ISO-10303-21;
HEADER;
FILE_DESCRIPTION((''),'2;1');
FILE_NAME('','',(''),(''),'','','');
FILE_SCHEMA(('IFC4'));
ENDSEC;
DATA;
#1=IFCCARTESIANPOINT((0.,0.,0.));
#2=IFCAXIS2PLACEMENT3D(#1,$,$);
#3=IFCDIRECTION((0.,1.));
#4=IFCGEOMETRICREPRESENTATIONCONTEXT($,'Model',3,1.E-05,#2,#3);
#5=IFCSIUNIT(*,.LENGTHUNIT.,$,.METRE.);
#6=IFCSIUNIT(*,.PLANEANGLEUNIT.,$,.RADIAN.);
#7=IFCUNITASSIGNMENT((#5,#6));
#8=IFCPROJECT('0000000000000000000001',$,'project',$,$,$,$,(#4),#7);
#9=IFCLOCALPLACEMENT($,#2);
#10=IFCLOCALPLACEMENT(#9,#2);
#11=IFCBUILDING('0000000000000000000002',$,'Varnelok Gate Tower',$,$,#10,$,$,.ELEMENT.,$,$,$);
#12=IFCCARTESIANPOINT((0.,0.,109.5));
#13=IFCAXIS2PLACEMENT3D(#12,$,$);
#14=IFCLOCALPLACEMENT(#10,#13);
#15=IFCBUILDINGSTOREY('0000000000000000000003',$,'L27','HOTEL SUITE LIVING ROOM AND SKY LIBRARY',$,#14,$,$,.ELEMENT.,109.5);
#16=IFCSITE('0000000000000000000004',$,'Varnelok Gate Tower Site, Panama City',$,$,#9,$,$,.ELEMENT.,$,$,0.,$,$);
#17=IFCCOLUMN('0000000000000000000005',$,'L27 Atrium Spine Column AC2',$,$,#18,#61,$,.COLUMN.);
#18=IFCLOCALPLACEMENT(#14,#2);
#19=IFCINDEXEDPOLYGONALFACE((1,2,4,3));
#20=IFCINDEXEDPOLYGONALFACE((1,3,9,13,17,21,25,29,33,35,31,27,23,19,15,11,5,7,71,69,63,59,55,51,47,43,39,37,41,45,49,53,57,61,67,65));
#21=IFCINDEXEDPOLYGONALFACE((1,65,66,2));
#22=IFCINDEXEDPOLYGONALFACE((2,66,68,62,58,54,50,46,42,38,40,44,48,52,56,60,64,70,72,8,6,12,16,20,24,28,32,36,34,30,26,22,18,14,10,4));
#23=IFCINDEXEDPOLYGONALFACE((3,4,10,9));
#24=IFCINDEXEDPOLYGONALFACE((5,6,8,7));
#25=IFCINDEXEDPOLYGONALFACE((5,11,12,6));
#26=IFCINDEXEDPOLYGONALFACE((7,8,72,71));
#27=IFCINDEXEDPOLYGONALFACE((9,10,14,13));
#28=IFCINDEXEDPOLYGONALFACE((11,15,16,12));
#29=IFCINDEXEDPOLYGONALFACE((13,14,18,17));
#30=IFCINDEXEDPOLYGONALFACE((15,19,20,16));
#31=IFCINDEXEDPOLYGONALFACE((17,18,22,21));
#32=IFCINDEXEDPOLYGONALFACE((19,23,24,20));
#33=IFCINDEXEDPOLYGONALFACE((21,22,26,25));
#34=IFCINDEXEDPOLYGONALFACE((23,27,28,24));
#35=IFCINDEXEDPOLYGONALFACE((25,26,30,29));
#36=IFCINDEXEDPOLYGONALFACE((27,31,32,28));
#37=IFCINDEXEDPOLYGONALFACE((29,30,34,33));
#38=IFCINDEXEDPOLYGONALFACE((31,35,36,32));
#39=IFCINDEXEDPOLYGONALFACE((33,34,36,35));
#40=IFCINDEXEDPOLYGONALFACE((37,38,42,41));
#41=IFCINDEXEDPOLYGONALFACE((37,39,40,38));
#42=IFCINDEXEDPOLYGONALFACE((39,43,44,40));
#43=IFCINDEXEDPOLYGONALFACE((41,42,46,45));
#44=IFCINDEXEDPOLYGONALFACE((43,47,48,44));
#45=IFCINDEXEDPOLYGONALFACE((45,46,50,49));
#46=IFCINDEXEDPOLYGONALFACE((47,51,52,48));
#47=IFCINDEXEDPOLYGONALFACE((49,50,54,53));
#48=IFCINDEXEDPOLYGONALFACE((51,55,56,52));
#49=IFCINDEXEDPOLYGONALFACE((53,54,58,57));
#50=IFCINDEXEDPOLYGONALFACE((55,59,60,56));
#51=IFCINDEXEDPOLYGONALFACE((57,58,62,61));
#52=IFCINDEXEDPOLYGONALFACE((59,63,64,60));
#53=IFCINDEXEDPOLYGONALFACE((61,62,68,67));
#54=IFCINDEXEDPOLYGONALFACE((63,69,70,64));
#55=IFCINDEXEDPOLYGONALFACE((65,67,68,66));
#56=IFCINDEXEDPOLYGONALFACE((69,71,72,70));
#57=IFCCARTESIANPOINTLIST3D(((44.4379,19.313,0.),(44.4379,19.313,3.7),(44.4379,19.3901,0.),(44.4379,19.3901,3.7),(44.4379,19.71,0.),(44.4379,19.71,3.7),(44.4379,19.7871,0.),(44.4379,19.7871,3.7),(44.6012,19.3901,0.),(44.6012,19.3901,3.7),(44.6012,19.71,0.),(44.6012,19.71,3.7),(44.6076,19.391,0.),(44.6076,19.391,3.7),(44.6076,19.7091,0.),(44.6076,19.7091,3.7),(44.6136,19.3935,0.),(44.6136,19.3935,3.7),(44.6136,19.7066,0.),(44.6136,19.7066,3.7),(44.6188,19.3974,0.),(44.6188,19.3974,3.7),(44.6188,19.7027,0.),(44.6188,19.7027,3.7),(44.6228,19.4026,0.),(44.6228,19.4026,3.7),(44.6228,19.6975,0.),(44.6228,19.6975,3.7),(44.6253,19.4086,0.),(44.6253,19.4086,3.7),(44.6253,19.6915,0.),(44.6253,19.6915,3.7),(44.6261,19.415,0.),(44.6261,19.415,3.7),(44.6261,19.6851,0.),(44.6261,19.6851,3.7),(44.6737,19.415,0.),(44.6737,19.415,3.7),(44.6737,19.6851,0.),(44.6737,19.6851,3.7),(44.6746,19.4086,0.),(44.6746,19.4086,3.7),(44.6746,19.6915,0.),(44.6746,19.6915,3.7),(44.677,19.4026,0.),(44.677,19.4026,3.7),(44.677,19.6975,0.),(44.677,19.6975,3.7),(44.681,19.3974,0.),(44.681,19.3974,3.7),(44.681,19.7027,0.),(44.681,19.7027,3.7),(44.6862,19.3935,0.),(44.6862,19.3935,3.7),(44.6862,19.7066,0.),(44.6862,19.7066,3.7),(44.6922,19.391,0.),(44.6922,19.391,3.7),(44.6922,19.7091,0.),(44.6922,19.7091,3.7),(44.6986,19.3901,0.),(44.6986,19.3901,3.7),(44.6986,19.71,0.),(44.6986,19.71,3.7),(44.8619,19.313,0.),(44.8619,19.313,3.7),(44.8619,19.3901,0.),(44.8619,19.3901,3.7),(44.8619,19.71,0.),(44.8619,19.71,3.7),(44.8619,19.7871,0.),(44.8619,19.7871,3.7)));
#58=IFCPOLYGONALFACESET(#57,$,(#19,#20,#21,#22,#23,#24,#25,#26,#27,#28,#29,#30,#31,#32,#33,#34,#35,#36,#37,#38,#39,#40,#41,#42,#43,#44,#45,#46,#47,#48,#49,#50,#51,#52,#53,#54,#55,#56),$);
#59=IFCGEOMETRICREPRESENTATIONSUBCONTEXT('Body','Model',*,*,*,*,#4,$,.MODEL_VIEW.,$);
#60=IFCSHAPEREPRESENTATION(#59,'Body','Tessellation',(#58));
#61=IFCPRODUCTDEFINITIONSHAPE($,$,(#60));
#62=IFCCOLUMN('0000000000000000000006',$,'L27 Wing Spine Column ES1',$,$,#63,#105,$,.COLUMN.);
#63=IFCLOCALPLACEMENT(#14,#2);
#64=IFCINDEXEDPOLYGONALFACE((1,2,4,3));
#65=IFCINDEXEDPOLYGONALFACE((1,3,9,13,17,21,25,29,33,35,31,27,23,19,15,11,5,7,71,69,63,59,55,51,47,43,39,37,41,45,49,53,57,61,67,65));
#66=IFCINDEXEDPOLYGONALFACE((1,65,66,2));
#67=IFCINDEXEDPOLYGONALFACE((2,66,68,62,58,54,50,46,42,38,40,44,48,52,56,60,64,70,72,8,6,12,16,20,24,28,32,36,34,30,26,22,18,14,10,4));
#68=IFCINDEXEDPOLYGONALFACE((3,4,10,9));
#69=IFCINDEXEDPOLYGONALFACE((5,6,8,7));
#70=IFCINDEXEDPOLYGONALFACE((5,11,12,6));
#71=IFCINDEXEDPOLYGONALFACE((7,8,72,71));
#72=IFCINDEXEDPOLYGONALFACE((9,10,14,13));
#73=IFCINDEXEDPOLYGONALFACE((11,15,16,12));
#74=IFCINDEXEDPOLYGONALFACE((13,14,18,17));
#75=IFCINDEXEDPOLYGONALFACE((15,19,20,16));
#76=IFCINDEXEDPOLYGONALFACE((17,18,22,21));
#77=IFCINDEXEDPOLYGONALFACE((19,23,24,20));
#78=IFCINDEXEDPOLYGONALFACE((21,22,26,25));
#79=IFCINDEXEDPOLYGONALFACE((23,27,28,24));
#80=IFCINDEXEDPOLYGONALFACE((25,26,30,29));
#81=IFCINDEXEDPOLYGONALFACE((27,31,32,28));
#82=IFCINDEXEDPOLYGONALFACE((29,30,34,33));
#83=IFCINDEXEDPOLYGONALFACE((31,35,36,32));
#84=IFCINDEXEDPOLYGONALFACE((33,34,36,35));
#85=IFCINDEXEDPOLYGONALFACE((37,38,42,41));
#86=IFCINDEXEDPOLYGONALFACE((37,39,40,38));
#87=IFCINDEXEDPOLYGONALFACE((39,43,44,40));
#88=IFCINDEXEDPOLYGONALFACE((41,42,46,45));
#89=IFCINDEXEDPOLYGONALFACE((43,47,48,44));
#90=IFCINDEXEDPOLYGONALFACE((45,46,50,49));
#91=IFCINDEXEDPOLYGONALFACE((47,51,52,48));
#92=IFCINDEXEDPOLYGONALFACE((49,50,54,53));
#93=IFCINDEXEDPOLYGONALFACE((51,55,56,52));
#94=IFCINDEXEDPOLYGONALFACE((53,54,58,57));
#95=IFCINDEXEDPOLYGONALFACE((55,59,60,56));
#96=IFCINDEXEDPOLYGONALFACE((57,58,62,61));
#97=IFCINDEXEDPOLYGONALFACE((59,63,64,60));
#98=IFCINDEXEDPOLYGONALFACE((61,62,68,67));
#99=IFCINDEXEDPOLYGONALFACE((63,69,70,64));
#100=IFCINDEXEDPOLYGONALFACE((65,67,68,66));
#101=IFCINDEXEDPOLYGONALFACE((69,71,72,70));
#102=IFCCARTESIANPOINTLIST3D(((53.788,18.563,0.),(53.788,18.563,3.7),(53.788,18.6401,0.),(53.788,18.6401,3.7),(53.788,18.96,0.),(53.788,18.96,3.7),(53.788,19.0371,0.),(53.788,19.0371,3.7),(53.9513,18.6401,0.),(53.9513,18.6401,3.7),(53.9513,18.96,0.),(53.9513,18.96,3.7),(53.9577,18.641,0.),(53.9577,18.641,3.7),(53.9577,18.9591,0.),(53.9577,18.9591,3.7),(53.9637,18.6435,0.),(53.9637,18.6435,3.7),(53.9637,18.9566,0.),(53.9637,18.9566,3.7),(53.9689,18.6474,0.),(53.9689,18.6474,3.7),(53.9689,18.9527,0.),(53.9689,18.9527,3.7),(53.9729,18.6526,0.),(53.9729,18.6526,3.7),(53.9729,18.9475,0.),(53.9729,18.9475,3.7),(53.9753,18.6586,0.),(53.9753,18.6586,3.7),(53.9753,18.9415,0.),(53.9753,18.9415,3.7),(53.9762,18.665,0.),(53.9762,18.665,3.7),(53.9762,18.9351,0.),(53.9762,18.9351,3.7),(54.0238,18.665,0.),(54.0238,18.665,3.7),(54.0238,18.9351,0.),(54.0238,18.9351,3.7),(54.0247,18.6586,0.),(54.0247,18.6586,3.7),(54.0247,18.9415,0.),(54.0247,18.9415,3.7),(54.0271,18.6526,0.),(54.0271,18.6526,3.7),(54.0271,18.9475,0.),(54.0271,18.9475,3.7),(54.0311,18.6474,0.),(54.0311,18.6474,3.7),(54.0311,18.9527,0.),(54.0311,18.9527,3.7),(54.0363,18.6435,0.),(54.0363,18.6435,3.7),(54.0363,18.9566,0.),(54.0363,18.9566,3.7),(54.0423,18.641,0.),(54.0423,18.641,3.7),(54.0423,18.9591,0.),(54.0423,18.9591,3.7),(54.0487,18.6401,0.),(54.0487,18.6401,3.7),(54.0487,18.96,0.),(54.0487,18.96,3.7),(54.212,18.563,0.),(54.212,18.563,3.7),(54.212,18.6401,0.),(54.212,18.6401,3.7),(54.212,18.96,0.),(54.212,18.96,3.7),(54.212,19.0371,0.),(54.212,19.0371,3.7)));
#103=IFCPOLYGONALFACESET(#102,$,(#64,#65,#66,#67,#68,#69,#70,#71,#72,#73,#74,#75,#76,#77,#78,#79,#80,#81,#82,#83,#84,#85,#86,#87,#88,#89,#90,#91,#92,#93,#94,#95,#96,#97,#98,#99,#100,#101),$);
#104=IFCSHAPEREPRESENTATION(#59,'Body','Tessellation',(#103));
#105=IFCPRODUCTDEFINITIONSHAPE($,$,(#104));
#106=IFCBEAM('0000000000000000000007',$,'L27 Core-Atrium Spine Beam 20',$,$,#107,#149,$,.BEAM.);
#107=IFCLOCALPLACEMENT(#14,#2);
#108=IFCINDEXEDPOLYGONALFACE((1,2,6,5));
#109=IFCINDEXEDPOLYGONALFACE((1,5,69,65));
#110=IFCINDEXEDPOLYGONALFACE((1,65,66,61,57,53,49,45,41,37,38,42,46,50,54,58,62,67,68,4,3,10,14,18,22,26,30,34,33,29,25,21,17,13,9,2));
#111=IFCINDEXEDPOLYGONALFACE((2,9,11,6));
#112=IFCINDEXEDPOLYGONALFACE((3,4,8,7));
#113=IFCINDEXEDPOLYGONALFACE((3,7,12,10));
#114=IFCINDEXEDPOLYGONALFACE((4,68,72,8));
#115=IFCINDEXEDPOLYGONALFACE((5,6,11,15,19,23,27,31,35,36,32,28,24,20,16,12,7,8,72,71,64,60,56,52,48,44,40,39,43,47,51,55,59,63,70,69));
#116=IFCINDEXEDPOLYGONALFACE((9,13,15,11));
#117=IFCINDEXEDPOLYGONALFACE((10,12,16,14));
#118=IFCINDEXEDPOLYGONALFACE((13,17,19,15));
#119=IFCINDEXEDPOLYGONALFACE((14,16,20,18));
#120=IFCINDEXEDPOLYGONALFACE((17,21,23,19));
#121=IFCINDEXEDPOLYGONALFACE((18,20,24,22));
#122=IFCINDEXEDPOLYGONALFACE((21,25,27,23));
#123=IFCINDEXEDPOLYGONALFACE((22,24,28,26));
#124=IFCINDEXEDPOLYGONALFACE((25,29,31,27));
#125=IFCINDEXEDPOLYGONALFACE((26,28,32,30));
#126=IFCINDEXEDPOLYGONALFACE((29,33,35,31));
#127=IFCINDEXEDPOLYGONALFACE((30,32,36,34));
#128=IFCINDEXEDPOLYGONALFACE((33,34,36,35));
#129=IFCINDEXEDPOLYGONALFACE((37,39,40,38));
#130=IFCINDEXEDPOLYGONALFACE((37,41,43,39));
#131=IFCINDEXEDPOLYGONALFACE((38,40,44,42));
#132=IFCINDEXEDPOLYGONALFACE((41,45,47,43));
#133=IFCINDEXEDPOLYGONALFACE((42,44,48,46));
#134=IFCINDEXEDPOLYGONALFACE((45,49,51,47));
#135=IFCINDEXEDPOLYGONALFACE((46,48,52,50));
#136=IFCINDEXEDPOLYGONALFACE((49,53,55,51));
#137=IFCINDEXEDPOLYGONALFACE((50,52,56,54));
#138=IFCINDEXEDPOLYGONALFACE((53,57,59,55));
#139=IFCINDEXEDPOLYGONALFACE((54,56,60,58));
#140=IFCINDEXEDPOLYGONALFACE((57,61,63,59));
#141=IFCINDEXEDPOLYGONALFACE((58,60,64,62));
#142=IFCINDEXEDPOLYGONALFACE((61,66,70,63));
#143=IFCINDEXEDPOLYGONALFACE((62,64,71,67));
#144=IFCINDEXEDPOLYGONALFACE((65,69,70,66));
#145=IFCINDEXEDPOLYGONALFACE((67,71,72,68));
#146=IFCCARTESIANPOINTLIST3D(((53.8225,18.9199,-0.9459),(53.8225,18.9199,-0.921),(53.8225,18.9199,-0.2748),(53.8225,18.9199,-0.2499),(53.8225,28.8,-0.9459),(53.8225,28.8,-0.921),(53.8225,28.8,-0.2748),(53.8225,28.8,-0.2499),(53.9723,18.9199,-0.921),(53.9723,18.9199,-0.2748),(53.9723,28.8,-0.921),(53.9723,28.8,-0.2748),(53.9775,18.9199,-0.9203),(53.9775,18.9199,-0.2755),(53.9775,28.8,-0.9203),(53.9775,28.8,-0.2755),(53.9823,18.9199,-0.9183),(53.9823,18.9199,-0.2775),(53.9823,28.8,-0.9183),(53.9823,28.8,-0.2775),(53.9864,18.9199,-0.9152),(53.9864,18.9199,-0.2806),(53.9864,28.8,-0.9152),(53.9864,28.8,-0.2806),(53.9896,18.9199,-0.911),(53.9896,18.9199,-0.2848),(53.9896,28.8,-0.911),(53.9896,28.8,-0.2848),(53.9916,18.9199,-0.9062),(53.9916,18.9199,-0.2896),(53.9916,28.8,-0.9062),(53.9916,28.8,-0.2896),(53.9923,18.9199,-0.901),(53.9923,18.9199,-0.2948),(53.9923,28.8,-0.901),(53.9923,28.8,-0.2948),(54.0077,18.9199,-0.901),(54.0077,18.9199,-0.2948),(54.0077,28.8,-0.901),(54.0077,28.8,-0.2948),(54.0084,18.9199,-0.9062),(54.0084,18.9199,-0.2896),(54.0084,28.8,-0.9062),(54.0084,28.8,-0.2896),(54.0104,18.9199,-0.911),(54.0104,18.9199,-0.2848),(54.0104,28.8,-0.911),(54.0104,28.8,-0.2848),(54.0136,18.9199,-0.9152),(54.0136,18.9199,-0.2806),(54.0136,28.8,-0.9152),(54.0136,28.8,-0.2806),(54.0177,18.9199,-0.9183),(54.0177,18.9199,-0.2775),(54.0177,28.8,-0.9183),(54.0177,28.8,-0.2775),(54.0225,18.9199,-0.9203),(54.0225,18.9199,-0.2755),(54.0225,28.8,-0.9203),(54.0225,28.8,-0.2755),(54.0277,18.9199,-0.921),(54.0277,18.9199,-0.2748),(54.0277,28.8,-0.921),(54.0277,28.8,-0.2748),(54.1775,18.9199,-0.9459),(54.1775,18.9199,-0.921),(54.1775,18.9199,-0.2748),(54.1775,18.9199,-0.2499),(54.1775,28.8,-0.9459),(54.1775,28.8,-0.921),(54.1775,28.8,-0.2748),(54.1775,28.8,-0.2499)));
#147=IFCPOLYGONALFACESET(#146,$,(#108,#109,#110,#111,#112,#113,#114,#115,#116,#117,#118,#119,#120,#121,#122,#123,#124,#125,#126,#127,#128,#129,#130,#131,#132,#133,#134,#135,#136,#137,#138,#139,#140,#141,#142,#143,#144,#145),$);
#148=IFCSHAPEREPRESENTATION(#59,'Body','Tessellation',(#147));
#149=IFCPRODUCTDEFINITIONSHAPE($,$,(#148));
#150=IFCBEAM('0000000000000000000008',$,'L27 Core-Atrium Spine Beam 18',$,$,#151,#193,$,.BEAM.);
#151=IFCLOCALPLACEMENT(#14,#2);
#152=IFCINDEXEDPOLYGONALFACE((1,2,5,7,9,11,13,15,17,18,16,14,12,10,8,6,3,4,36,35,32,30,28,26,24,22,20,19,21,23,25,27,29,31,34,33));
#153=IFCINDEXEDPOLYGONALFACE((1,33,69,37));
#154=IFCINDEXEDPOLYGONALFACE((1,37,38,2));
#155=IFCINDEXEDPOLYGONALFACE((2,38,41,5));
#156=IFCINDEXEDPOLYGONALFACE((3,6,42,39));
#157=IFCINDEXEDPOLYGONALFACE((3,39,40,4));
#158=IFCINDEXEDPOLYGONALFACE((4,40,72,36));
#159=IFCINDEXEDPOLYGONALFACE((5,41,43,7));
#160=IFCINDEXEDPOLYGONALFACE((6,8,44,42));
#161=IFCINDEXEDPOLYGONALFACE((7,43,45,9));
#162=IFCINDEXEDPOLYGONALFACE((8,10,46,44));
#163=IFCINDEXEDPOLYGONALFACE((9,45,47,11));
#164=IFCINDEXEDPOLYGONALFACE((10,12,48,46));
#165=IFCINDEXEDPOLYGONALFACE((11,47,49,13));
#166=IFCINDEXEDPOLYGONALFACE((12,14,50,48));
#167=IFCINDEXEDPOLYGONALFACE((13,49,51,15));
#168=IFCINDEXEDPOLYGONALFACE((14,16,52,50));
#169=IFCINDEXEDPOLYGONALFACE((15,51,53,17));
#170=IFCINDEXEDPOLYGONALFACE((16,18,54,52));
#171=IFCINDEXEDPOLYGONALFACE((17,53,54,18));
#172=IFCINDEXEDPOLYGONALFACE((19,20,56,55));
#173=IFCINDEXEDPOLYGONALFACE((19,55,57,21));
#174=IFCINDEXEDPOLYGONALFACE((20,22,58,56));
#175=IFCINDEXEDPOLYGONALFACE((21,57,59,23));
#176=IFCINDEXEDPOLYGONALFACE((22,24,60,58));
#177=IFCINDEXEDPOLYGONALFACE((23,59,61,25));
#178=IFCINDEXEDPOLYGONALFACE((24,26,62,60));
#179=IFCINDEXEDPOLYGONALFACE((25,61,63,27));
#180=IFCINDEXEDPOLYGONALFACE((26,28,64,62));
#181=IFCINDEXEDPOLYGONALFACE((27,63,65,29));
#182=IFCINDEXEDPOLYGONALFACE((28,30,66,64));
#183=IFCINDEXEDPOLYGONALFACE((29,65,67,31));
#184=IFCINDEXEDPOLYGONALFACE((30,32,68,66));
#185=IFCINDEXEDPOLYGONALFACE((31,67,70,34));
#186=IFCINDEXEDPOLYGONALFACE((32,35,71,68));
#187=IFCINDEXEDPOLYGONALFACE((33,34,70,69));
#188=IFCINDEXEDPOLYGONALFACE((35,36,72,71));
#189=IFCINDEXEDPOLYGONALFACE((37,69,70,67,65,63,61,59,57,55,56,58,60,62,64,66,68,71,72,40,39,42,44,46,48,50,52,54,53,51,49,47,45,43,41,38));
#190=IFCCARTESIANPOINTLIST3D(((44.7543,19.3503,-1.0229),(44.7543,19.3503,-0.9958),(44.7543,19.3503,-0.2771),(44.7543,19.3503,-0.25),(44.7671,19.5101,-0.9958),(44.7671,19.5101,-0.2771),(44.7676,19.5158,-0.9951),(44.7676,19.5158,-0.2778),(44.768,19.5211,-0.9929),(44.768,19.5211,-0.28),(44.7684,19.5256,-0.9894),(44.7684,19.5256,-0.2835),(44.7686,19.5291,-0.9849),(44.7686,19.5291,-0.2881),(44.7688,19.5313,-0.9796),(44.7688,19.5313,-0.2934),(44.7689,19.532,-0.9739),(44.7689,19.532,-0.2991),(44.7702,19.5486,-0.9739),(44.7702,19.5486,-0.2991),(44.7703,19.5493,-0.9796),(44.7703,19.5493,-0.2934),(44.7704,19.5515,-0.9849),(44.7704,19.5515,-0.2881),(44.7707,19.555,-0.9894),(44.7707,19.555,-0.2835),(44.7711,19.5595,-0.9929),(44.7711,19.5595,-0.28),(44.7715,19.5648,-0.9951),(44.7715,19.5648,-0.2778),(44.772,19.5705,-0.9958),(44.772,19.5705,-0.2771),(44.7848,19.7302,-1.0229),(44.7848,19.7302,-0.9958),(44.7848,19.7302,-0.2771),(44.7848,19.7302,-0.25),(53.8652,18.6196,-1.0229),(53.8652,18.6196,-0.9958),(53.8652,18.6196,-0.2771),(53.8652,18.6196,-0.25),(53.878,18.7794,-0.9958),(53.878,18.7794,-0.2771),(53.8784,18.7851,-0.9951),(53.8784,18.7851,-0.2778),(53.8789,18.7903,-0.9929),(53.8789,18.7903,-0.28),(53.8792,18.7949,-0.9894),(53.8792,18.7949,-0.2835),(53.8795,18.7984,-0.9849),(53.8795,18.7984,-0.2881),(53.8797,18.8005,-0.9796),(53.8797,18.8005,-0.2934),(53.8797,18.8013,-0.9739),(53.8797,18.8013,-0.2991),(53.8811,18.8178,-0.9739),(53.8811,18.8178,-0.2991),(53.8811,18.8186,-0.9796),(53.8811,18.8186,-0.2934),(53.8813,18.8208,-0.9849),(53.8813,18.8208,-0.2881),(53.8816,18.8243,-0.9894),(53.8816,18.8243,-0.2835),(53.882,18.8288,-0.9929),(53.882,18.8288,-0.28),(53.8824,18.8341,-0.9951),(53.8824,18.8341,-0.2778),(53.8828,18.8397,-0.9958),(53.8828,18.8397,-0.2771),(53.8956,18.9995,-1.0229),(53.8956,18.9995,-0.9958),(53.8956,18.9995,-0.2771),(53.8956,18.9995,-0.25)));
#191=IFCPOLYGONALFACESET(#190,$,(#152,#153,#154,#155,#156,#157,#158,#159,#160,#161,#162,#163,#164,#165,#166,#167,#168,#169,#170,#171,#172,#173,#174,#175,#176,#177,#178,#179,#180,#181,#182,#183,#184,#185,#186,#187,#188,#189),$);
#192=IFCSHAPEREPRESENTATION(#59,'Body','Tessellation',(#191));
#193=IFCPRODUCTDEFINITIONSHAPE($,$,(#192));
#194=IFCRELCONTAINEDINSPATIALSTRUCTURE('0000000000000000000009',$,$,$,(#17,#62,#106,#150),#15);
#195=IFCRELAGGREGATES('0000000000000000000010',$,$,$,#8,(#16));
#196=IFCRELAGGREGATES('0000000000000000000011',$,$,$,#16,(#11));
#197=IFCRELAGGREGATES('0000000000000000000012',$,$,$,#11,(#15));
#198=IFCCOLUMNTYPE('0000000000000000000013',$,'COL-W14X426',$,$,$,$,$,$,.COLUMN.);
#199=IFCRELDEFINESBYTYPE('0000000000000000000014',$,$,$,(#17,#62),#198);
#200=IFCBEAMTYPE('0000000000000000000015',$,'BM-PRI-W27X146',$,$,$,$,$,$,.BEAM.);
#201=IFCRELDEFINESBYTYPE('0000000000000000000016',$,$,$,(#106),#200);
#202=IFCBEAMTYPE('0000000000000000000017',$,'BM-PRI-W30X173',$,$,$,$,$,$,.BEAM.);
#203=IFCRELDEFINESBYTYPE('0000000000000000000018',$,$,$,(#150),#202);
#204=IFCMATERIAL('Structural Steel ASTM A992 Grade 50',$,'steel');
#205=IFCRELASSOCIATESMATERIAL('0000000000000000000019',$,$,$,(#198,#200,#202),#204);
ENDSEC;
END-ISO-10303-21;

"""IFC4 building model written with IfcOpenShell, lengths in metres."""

from ifc_helpers import new_model, si_unit, direction, frame, origin, origin_2d, place, context, subcontext, project, spatial, i_section, extrude, material, material_profile, profile_set, type_object, element, save


model = new_model("IFC4")

# Units and contexts
model_context = context("Model", 3, precision=1e-05, world=origin(), true_north=direction((0.0, 1.0)))
body_context = subcontext(model_context, "Body", "Model", "MODEL_VIEW")
ifc_project = project(units=[si_unit("LENGTHUNIT", "METRE"), si_unit("PLANEANGLEUNIT", "RADIAN")], contexts=[model_context])

# Site, building, storey
site_placement = place(None, origin())
site = spatial("IfcSite", under=ifc_project, at=site_placement, Name="Varnelok Gate Tower Site, Panama City", CompositionType="ELEMENT", RefElevation=0.0)
building_placement = place(site_placement, origin())
building = spatial("IfcBuilding", under=site, at=building_placement, Name="Varnelok Gate Tower", CompositionType="ELEMENT")
storey_placement = place(building_placement, frame((0.0, 0.0, 109.5)))
storey = spatial("IfcBuildingStorey", under=building, at=storey_placement, Name="L27", Description="HOTEL SUITE LIVING ROOM AND SKY LIBRARY", CompositionType="ELEMENT", Elevation=109.5)

# Columns
ifc_material_1 = material(Name="Structural Steel ASTM A992 Grade 50", Category="steel")
ifc_material_profile_1 = material_profile(ifc_material_1, i_section(OverallWidth=0.4241, OverallDepth=0.4741, WebThickness=0.0476, FlangeThickness=0.0771, FilletRadius=0.0249, at=origin_2d()), Name="W14X426")
ifc_profile_set_1 = profile_set([ifc_material_profile_1], Name="Structural Steel ASTM A992 Grade 50")
column_type = type_object("IfcColumnType", Name="COL-W14X426", PredefinedType="COLUMN", material=ifc_profile_set_1)
for number, where, z_axis, x_axis, name in (
    (1, (44.6499, 19.55, 0.0), (0.0, 0.0, 1.0), (1.0, 0.0, 0.0), "L27 Atrium Spine Column AC2"),
    (2, (54.0, 18.8, 0.0), (0.0, 0.0, 1.0), (1.0, 0.0, 0.0), "L27 Wing Spine Column ES1"),
):
    element("IfcColumn", number, at=place(storey_placement, frame(where, z_axis=z_axis, x_axis=x_axis)), inside=storey, type_object=column_type, Name=name, PredefinedType="COLUMN", context=body_context, shape_type="SweptSolid", body=[
        extrude(i_section(OverallWidth=0.4241, OverallDepth=0.4741, WebThickness=0.0476, FlangeThickness=0.0771, FilletRadius=0.0249, at=origin_2d()), origin(), (0.0, 0.0, 1.0), 3.7),
    ])

# Beams
ifc_material_profile_2 = material_profile(ifc_material_1, i_section(OverallWidth=0.355, OverallDepth=0.696, WebThickness=0.0154, FlangeThickness=0.0249, FilletRadius=0.02, at=origin_2d()), Name="W27X146")
ifc_profile_set_2 = profile_set([ifc_material_profile_2], Name="Structural Steel ASTM A992 Grade 50")
beam_type_1 = type_object("IfcBeamType", Name="BM-PRI-W27X146", PredefinedType="BEAM", material=ifc_profile_set_2)
beam_1_placement = place(storey_placement, frame((54.0, 18.9199, -0.5979), z_axis=(0.0, 1.0, 0.0), x_axis=(-1.0, 0.0, 0.0)))
element("IfcBeam", 3, at=beam_1_placement, inside=storey, type_object=beam_type_1, Name="L27 Core-Atrium Spine Beam 20", PredefinedType="BEAM", context=body_context, shape_type="SweptSolid", body=[
    extrude(i_section(OverallWidth=0.355, OverallDepth=0.696, WebThickness=0.0154, FlangeThickness=0.0249, FilletRadius=0.02, at=origin_2d()), origin(), (0.0, 0.0, 1.0), 9.8801),
])
ifc_material_profile_3 = material_profile(ifc_material_1, i_section(OverallWidth=0.3811, OverallDepth=0.7729, WebThickness=0.0166, FlangeThickness=0.0271, FilletRadius=0.022, at=origin_2d()), Name="W30X173")
ifc_profile_set_3 = profile_set([ifc_material_profile_3], Name="Structural Steel ASTM A992 Grade 50")
beam_type_2 = type_object("IfcBeamType", Name="BM-PRI-W30X173", PredefinedType="BEAM", material=ifc_profile_set_3)
beam_2_placement = place(storey_placement, frame((44.7695, 19.5403, -0.6365), z_axis=(0.996799, -0.079946, 0.0), x_axis=(0.079946, 0.996799, 0.0)))
element("IfcBeam", 4, at=beam_2_placement, inside=storey, type_object=beam_type_2, Name="L27 Core-Atrium Spine Beam 18", PredefinedType="BEAM", context=body_context, shape_type="SweptSolid", body=[
    extrude(i_section(OverallWidth=0.3811, OverallDepth=0.7729, WebThickness=0.0166, FlangeThickness=0.0271, FilletRadius=0.022, at=origin_2d()), origin(), (0.0, 0.0, 1.0), 9.1401),
])

save(model, "model.ifc")
